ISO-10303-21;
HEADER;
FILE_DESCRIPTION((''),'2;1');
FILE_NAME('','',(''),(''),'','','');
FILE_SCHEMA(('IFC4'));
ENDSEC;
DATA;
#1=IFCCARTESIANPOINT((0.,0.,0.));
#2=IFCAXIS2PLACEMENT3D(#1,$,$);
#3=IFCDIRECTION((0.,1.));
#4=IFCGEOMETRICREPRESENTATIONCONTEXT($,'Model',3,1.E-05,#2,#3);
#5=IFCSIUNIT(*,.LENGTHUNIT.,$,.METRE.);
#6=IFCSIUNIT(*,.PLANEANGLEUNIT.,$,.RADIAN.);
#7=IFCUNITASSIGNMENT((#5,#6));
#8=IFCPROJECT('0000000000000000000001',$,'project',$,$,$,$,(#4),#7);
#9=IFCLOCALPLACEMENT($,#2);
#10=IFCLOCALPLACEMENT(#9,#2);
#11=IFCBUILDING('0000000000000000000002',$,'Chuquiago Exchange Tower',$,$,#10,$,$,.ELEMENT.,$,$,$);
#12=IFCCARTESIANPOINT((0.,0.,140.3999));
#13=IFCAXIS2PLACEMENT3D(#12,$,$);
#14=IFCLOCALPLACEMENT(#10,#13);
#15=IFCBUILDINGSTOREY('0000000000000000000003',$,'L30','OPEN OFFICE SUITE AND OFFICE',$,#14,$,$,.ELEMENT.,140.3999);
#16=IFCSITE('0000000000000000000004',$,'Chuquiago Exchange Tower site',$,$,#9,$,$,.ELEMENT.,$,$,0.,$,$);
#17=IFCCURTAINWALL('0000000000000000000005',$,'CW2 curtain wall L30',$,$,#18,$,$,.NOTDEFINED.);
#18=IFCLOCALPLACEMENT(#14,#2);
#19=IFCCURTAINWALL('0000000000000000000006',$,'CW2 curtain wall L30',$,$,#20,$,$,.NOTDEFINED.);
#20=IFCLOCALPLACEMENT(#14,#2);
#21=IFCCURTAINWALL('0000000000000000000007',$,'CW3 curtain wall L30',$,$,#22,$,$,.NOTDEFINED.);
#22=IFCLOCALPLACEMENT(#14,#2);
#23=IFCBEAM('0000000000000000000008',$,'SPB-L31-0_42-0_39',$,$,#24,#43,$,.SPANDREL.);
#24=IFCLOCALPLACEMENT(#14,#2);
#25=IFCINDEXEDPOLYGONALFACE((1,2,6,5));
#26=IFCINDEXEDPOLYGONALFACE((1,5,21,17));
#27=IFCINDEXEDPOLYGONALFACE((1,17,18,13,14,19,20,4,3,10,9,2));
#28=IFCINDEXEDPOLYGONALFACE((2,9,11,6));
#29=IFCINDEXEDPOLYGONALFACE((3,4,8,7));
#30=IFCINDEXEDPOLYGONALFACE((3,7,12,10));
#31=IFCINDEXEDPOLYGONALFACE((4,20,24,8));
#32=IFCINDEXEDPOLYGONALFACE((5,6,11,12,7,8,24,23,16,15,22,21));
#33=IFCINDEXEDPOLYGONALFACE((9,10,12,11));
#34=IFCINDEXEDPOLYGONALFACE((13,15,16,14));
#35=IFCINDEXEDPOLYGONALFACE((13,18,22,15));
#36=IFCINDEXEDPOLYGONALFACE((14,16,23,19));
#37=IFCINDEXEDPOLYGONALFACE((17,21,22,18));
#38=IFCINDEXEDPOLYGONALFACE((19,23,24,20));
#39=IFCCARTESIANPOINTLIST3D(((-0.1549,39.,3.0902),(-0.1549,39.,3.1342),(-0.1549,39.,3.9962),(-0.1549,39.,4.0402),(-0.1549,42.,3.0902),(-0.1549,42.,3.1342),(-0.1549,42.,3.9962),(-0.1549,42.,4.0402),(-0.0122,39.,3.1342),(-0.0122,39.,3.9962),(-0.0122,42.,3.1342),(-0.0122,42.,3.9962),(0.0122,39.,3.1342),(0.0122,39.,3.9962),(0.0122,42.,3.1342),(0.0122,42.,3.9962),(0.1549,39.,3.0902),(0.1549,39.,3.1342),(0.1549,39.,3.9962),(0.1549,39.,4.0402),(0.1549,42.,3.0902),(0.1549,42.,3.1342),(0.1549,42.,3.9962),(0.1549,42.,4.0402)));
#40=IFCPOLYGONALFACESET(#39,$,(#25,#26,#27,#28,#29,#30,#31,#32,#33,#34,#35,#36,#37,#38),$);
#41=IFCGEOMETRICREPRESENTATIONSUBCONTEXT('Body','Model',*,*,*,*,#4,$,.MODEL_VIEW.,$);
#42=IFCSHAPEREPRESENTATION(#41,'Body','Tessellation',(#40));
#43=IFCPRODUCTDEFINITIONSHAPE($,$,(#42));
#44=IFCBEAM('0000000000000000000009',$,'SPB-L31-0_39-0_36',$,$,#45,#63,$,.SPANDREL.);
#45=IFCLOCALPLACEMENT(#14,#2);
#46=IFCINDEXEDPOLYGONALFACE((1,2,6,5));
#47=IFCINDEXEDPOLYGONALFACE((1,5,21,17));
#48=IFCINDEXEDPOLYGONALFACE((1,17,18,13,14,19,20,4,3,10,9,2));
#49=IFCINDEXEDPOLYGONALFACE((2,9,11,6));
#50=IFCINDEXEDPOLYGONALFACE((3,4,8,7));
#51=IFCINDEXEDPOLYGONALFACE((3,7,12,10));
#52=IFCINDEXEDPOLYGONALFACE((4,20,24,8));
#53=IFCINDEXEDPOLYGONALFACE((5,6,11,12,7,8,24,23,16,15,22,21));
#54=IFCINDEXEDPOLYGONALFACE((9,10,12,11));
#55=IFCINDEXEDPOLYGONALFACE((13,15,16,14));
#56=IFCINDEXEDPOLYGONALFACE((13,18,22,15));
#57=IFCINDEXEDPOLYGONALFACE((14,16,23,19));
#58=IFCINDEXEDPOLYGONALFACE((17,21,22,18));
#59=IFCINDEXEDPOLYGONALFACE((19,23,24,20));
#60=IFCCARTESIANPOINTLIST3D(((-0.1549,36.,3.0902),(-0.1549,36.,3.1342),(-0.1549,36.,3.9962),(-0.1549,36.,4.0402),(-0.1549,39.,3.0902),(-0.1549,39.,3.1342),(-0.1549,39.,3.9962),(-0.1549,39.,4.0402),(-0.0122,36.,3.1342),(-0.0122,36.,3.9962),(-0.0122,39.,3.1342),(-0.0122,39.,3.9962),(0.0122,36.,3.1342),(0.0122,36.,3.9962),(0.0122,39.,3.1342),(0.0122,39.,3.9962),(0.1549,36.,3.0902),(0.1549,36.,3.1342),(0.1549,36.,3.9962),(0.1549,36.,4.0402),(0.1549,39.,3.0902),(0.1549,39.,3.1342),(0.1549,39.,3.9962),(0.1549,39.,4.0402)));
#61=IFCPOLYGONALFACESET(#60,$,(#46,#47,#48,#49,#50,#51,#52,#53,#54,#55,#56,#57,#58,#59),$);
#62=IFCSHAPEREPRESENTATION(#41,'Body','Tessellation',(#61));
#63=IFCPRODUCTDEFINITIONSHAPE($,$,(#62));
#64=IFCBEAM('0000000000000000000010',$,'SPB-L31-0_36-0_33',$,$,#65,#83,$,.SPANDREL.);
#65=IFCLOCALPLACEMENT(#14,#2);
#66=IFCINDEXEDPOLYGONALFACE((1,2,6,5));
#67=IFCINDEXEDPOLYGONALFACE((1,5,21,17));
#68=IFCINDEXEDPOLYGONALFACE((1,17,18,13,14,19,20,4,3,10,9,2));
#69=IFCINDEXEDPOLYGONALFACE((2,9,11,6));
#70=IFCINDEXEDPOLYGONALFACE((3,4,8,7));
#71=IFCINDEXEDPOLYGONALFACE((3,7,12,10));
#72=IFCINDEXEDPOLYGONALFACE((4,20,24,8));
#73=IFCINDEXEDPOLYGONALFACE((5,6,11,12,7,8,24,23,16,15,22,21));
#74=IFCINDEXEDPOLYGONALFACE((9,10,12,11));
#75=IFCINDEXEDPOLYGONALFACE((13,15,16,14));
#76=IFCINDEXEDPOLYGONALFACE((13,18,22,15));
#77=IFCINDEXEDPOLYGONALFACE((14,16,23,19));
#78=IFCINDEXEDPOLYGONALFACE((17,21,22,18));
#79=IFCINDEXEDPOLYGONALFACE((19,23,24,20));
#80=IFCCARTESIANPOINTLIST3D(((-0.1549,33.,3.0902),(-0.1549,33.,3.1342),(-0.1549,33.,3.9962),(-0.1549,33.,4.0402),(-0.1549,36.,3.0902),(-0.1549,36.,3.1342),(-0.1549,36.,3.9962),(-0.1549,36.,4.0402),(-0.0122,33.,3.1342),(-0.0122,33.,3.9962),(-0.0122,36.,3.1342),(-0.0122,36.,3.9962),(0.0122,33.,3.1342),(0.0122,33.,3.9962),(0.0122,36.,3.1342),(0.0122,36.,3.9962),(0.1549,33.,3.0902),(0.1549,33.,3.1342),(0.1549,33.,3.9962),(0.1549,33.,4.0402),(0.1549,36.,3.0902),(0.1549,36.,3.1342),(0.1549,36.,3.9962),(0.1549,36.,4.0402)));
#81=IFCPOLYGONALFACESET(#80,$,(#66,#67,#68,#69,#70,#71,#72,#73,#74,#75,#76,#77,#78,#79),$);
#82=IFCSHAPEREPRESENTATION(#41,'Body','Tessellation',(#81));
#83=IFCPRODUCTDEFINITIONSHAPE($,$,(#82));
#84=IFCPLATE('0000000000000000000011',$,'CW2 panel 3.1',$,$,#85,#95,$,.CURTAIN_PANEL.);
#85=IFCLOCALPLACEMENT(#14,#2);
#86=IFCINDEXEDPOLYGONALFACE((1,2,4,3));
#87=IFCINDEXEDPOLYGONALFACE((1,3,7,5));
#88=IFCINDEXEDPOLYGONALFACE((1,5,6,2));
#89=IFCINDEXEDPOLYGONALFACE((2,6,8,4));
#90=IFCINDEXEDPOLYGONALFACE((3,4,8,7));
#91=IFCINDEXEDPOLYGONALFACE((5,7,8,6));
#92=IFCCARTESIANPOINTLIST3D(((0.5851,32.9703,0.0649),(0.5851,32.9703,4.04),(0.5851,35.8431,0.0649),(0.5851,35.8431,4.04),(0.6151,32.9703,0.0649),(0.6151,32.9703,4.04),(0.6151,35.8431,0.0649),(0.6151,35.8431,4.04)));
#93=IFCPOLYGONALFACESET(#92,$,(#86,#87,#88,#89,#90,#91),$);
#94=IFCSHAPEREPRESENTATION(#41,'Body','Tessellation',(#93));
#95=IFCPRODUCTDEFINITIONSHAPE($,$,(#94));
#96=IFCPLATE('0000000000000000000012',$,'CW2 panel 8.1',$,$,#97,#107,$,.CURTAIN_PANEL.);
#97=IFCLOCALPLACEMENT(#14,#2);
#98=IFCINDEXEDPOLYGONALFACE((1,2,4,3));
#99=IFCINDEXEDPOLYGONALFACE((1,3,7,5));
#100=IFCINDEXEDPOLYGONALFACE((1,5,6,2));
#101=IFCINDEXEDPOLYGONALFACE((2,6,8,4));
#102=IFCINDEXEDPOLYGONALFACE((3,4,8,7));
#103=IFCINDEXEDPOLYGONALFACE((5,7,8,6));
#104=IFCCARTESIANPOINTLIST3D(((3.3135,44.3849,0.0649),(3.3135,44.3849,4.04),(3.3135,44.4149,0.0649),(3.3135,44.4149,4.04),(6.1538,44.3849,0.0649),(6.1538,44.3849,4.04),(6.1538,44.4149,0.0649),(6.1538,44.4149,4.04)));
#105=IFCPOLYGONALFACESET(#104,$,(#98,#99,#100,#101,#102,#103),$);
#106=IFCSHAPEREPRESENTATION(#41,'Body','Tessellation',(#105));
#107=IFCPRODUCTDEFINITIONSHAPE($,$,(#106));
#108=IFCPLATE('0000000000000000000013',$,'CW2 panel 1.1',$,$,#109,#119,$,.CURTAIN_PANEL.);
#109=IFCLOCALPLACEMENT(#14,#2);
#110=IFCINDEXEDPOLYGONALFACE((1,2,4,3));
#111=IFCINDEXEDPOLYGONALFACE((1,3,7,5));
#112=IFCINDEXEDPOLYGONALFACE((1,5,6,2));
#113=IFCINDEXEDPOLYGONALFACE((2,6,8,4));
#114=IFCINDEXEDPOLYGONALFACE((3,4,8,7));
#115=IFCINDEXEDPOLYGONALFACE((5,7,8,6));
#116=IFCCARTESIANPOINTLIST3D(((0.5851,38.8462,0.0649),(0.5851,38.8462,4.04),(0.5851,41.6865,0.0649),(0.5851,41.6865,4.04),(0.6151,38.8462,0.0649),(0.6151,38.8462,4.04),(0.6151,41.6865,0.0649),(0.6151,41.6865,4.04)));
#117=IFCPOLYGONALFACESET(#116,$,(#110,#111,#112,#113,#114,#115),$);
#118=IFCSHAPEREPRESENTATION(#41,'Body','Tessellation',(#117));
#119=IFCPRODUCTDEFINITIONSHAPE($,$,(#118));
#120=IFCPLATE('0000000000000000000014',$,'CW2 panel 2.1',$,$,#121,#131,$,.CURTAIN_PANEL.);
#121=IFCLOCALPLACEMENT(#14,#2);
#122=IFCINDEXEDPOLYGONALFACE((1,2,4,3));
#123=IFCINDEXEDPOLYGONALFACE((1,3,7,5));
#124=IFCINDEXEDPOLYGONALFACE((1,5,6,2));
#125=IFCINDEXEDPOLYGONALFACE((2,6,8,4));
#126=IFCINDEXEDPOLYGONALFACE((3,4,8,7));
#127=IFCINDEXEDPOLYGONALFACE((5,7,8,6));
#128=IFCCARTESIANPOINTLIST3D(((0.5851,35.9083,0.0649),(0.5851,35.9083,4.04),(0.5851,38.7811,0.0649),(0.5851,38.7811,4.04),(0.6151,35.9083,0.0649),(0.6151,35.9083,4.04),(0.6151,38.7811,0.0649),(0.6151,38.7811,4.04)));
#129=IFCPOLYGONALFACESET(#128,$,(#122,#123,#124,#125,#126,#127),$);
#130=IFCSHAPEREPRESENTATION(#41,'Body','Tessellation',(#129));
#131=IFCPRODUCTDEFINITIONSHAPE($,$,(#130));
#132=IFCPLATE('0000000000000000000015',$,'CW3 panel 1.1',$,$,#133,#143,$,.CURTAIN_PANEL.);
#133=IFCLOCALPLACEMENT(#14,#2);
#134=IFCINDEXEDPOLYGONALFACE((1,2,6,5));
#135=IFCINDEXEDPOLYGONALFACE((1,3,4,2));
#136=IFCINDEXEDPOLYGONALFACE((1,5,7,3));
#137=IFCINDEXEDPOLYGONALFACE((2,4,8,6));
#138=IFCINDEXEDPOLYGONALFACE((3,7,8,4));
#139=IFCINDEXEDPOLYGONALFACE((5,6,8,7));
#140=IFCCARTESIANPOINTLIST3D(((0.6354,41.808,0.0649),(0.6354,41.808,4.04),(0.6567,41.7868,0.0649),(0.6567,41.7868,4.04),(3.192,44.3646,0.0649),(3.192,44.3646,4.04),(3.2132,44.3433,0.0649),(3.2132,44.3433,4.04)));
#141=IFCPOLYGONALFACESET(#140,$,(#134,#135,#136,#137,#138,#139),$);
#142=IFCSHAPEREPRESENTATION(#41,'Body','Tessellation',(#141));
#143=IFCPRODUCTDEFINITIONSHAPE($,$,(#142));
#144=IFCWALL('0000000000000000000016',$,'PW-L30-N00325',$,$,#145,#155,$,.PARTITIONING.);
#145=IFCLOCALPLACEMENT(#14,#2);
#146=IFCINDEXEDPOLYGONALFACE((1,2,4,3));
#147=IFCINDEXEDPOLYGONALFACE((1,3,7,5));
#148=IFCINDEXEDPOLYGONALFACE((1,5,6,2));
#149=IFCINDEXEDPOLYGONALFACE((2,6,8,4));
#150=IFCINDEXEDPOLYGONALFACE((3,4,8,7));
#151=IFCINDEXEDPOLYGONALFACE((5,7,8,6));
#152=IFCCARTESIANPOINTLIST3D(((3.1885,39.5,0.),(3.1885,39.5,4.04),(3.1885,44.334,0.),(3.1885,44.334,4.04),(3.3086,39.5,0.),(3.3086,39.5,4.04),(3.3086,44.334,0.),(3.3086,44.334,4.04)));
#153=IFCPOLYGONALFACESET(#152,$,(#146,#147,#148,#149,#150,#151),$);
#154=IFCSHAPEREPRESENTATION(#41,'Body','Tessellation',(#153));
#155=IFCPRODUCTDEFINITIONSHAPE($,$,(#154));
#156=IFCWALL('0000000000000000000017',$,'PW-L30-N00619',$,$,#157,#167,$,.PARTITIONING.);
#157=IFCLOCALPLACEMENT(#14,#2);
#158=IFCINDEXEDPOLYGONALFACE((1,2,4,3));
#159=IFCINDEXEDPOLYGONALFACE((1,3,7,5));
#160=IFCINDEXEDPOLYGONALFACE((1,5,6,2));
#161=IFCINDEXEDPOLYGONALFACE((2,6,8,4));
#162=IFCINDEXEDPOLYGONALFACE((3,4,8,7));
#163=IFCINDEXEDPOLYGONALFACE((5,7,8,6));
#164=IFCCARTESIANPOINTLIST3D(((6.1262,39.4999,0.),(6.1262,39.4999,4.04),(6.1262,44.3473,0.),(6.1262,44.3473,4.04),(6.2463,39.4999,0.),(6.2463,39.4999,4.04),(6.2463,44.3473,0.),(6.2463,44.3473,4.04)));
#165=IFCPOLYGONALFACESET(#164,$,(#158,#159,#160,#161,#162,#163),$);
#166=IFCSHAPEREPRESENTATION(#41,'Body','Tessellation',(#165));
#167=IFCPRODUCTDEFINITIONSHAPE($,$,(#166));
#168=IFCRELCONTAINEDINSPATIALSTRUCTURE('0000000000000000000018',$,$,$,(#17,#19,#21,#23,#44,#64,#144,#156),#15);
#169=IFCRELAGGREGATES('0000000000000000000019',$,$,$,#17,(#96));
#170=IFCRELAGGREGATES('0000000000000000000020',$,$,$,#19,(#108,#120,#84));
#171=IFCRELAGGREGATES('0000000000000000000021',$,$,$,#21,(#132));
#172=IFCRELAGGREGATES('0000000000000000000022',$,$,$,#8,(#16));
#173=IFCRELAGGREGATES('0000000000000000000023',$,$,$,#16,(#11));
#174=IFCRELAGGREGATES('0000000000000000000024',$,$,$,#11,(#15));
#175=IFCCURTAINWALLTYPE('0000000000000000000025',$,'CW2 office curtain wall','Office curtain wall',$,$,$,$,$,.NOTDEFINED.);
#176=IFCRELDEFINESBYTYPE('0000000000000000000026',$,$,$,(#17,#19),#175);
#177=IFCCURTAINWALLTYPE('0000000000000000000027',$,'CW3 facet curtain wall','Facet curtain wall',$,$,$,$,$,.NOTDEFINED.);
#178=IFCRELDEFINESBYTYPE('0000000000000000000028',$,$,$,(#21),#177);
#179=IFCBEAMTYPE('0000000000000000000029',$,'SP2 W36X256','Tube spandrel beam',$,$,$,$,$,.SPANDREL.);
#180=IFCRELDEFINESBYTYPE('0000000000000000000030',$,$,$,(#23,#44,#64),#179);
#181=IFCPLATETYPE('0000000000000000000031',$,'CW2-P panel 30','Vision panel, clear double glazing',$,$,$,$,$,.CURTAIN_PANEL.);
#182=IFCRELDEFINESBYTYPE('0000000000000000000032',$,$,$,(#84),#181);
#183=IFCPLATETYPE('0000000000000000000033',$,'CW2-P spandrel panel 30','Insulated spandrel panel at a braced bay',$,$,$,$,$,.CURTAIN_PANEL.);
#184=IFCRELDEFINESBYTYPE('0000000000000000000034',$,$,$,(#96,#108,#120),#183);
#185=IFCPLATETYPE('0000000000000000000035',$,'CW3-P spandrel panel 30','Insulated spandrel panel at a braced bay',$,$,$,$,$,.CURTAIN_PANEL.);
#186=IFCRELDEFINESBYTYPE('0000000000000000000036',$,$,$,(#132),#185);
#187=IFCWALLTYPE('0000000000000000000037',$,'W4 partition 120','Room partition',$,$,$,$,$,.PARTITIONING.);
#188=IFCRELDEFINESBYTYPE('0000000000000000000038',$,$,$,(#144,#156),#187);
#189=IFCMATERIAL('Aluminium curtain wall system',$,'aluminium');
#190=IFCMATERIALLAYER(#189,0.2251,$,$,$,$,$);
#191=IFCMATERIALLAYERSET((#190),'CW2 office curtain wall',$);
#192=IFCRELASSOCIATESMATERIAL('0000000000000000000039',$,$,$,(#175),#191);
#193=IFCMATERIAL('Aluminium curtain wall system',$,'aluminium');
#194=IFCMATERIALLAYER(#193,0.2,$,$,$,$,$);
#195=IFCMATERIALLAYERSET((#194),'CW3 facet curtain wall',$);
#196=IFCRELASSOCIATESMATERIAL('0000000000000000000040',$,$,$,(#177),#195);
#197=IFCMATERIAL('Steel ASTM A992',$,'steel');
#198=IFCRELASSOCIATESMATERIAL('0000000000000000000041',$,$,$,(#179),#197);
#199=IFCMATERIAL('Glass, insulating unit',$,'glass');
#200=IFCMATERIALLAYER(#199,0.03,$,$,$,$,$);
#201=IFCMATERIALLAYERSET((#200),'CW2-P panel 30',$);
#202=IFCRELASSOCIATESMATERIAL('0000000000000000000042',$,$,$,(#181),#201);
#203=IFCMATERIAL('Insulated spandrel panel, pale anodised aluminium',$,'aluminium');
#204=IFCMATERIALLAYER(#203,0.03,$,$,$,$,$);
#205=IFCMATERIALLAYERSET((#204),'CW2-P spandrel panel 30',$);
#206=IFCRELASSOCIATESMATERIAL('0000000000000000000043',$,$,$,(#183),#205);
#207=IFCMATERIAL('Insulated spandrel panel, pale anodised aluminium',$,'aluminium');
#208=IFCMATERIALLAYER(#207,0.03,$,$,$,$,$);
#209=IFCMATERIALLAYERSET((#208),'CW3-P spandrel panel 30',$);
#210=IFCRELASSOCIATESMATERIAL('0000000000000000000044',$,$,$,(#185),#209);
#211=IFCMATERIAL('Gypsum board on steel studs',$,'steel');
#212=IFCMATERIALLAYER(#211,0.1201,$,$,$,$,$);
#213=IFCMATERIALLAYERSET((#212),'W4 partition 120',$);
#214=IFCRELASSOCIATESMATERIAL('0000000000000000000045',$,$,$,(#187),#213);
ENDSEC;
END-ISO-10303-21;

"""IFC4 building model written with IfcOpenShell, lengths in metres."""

from ifc_helpers import new_model, si_unit, direction, frame, frame_2d, origin, origin_2d, place, context, subcontext, project, spatial, rectangle, i_section, extrude, material, layer, layer_set, material_profile, profile_set, type_object, element, aggregate, save


model = new_model("IFC4")

# Units and contexts
model_context = context("Model", 3, precision=1e-05, world=origin(), true_north=direction((0.0, 1.0)))
body_context = subcontext(model_context, "Body", "Model", "MODEL_VIEW")
ifc_project = project(units=[si_unit("LENGTHUNIT", "METRE"), si_unit("PLANEANGLEUNIT", "RADIAN")], contexts=[model_context])

# Site, building, storey
site_placement = place(None, origin())
site = spatial("IfcSite", under=ifc_project, at=site_placement, Name="Chuquiago Exchange Tower site", CompositionType="ELEMENT", RefElevation=0.0)
building_placement = place(site_placement, origin())
building = spatial("IfcBuilding", under=site, at=building_placement, Name="Chuquiago Exchange Tower", CompositionType="ELEMENT")
storey_placement = place(building_placement, frame((0.0, 0.0, 140.3999)))
storey = spatial("IfcBuildingStorey", under=building, at=storey_placement, Name="L30", Description="OPEN OFFICE SUITE AND OFFICE", CompositionType="ELEMENT", Elevation=140.3999)

# Curtain walls
ifc_material_1 = material(Name="Aluminium curtain wall system", Category="aluminium")
ifc_layer_1 = layer(ifc_material_1, 0.2251)
ifc_layer_set_1 = layer_set([ifc_layer_1], Name="CW2 office curtain wall")
curtain_wall_type_1 = type_object("IfcCurtainWallType", Name="CW2 office curtain wall", Description="Office curtain wall", PredefinedType="NOTDEFINED", material=ifc_layer_set_1)
curtain_wall_1_placement = place(storey_placement, origin())
curtain_wall_1 = element("IfcCurtainWall", 1, at=curtain_wall_1_placement, inside=storey, type_object=curtain_wall_type_1, Name="CW2 curtain wall L30", PredefinedType="NOTDEFINED")
curtain_wall_2_placement = place(storey_placement, origin())
curtain_wall_2 = element("IfcCurtainWall", 2, at=curtain_wall_2_placement, inside=storey, type_object=curtain_wall_type_1, Name="CW2 curtain wall L30", PredefinedType="NOTDEFINED")

# Curtain wall
ifc_material_2 = material(Name="Aluminium curtain wall system", Category="aluminium")
ifc_layer_2 = layer(ifc_material_2, 0.2)
ifc_layer_set_2 = layer_set([ifc_layer_2], Name="CW3 facet curtain wall")
curtain_wall_type_2 = type_object("IfcCurtainWallType", Name="CW3 facet curtain wall", Description="Facet curtain wall", PredefinedType="NOTDEFINED", material=ifc_layer_set_2)
curtain_wall_3_placement = place(storey_placement, origin())
curtain_wall_3 = element("IfcCurtainWall", 3, at=curtain_wall_3_placement, inside=storey, type_object=curtain_wall_type_2, Name="CW3 curtain wall L30", PredefinedType="NOTDEFINED")

# Beams
ifc_material_3 = material(Name="Steel ASTM A992", Category="steel")
ifc_material_profile_1 = material_profile(ifc_material_3, i_section(OverallWidth=0.3098, OverallDepth=0.95, WebThickness=0.0244, FlangeThickness=0.0439, at=origin_2d()), Name="W36X256")
ifc_profile_set_1 = profile_set([ifc_material_profile_1], Name="Steel ASTM A992")
beam_type = type_object("IfcBeamType", Name="SP2 W36X256", Description="Tube spandrel beam", PredefinedType="SPANDREL", material=ifc_profile_set_1)
for number, where, z_axis, x_axis, name in (
    (4, (0.0, 42.0, 3.5652), (0.0, -1.0, 0.0), (1.0, 0.0, 0.0), "SPB-L31-0_42-0_39"),
    (5, (0.0, 39.0, 3.5652), (0.0, -1.0, 0.0), (1.0, 0.0, 0.0), "SPB-L31-0_39-0_36"),
    (6, (0.0, 36.0, 3.5652), (0.0, -1.0, 0.0), (1.0, 0.0, 0.0), "SPB-L31-0_36-0_33"),
):
    element("IfcBeam", number, at=place(storey_placement, frame(where, z_axis=z_axis, x_axis=x_axis)), inside=storey, type_object=beam_type, Name=name, PredefinedType="SPANDREL", context=body_context, shape_type="SweptSolid", body=[
        extrude(i_section(OverallWidth=0.3098, OverallDepth=0.95, WebThickness=0.0244, FlangeThickness=0.0439, at=origin_2d()), origin(), (0.0, 0.0, 1.0), 3.0),
    ])

# Plates
ifc_material_4 = material(Name="Glass, insulating unit", Category="glass")
ifc_layer_3 = layer(ifc_material_4, 0.03)
ifc_layer_set_3 = layer_set([ifc_layer_3], Name="CW2-P panel 30")
plate_type_1 = type_object("IfcPlateType", Name="CW2-P panel 30", Description="Vision panel, clear double glazing", PredefinedType="CURTAIN_PANEL", material=ifc_layer_set_3)
plate_1_placement = place(storey_placement, frame((0.6001, 34.4067, 0.0649), z_axis=(0.0, 0.0, 1.0), x_axis=(0.0, -1.0, 0.0)))
plate_1 = element("IfcPlate", 7, at=plate_1_placement, type_object=plate_type_1, Name="CW2 panel 3.1", PredefinedType="CURTAIN_PANEL", context=body_context, shape_type="SweptSolid", body=[
    extrude(rectangle(XDim=2.8728, YDim=0.03, at=origin_2d()), origin(), (0.0, 0.0, 1.0), 3.9751),
])
ifc_material_5 = material(Name="Insulated spandrel panel, pale anodised aluminium", Category="aluminium")
ifc_layer_4 = layer(ifc_material_5, 0.03)
ifc_layer_set_4 = layer_set([ifc_layer_4], Name="CW2-P spandrel panel 30")
plate_type_2 = type_object("IfcPlateType", Name="CW2-P spandrel panel 30", Description="Insulated spandrel panel at a braced bay", PredefinedType="CURTAIN_PANEL", material=ifc_layer_set_4)
plate_2_placement = place(storey_placement, frame((4.7336, 44.3999, 0.0649), z_axis=(0.0, 0.0, 1.0), x_axis=(-1.0, 0.0, 0.0)))
plate_2 = element("IfcPlate", 8, at=plate_2_placement, type_object=plate_type_2, Name="CW2 panel 8.1", PredefinedType="CURTAIN_PANEL", context=body_context, shape_type="SweptSolid", body=[
    extrude(rectangle(XDim=2.8403, YDim=0.03, at=origin_2d()), origin(), (0.0, 0.0, 1.0), 3.9751),
])
aggregate(curtain_wall_1, [plate_2])
plate_3_placement = place(storey_placement, frame((0.6001, 40.2664, 0.0649), z_axis=(0.0, 0.0, 1.0), x_axis=(0.0, -1.0, 0.0)))
plate_3 = element("IfcPlate", 9, at=plate_3_placement, type_object=plate_type_2, Name="CW2 panel 1.1", PredefinedType="CURTAIN_PANEL", context=body_context, shape_type="SweptSolid", body=[
    extrude(rectangle(XDim=2.8403, YDim=0.03, at=origin_2d()), origin(), (0.0, 0.0, 1.0), 3.9751),
])
plate_4_placement = place(storey_placement, frame((0.6001, 37.3447, 0.0649), z_axis=(0.0, 0.0, 1.0), x_axis=(0.0, -1.0, 0.0)))
plate_4 = element("IfcPlate", 10, at=plate_4_placement, type_object=plate_type_2, Name="CW2 panel 2.1", PredefinedType="CURTAIN_PANEL", context=body_context, shape_type="SweptSolid", body=[
    extrude(rectangle(XDim=2.8728, YDim=0.03, at=origin_2d()), origin(), (0.0, 0.0, 1.0), 3.9751),
])
aggregate(curtain_wall_2, [plate_3, plate_4, plate_1])
ifc_material_6 = material(Name="Insulated spandrel panel, pale anodised aluminium", Category="aluminium")
ifc_layer_5 = layer(ifc_material_6, 0.03)
ifc_layer_set_5 = layer_set([ifc_layer_5], Name="CW3-P spandrel panel 30")
plate_type_3 = type_object("IfcPlateType", Name="CW3-P spandrel panel 30", Description="Insulated spandrel panel at a braced bay", PredefinedType="CURTAIN_PANEL", material=ifc_layer_set_5)
plate_5_placement = place(storey_placement, frame((1.9243, 43.0757, 0.0649), z_axis=(0.0, 0.0, 1.0), x_axis=(-0.707107, -0.707107, 0.0)))
plate_5 = element("IfcPlate", 11, at=plate_5_placement, type_object=plate_type_3, Name="CW3 panel 1.1", PredefinedType="CURTAIN_PANEL", context=body_context, shape_type="SweptSolid", body=[
    extrude(rectangle(XDim=3.6155, YDim=0.03, at=origin_2d()), origin(), (0.0, 0.0, 1.0), 3.9751),
])
aggregate(curtain_wall_3, [plate_5])

# Walls
ifc_material_7 = material(Name="Gypsum board on steel studs", Category="steel")
ifc_layer_6 = layer(ifc_material_7, 0.1201)
ifc_layer_set_6 = layer_set([ifc_layer_6], Name="W4 partition 120")
wall_type = type_object("IfcWallType", Name="W4 partition 120", Description="Room partition", PredefinedType="PARTITIONING", material=ifc_layer_set_6)
wall_1_placement = place(storey_placement, frame((3.2485, 44.334, 0.0), z_axis=(0.0, 0.0, 1.0), x_axis=(0.0, -1.0, 0.0)))
element("IfcWall", 12, at=wall_1_placement, inside=storey, type_object=wall_type, Name="PW-L30-N00325", PredefinedType="PARTITIONING", context=body_context, shape_type="SweptSolid", body=[
    extrude(rectangle(XDim=4.834, YDim=0.1201, at=frame_2d((2.417, 0.0))), origin(), (0.0, 0.0, 1.0), 4.04),
])
wall_2_placement = place(storey_placement, frame((6.1863, 44.3474, 0.0), z_axis=(0.0, 0.0, 1.0), x_axis=(0.0, -1.0, 0.0)))
element("IfcWall", 13, at=wall_2_placement, inside=storey, type_object=wall_type, Name="PW-L30-N00619", PredefinedType="PARTITIONING", context=body_context, shape_type="SweptSolid", body=[
    extrude(rectangle(XDim=4.8474, YDim=0.1201, at=frame_2d((2.4238, 0.0))), origin(), (0.0, 0.0, 1.0), 4.04),
])

save(model, "model.ifc")
